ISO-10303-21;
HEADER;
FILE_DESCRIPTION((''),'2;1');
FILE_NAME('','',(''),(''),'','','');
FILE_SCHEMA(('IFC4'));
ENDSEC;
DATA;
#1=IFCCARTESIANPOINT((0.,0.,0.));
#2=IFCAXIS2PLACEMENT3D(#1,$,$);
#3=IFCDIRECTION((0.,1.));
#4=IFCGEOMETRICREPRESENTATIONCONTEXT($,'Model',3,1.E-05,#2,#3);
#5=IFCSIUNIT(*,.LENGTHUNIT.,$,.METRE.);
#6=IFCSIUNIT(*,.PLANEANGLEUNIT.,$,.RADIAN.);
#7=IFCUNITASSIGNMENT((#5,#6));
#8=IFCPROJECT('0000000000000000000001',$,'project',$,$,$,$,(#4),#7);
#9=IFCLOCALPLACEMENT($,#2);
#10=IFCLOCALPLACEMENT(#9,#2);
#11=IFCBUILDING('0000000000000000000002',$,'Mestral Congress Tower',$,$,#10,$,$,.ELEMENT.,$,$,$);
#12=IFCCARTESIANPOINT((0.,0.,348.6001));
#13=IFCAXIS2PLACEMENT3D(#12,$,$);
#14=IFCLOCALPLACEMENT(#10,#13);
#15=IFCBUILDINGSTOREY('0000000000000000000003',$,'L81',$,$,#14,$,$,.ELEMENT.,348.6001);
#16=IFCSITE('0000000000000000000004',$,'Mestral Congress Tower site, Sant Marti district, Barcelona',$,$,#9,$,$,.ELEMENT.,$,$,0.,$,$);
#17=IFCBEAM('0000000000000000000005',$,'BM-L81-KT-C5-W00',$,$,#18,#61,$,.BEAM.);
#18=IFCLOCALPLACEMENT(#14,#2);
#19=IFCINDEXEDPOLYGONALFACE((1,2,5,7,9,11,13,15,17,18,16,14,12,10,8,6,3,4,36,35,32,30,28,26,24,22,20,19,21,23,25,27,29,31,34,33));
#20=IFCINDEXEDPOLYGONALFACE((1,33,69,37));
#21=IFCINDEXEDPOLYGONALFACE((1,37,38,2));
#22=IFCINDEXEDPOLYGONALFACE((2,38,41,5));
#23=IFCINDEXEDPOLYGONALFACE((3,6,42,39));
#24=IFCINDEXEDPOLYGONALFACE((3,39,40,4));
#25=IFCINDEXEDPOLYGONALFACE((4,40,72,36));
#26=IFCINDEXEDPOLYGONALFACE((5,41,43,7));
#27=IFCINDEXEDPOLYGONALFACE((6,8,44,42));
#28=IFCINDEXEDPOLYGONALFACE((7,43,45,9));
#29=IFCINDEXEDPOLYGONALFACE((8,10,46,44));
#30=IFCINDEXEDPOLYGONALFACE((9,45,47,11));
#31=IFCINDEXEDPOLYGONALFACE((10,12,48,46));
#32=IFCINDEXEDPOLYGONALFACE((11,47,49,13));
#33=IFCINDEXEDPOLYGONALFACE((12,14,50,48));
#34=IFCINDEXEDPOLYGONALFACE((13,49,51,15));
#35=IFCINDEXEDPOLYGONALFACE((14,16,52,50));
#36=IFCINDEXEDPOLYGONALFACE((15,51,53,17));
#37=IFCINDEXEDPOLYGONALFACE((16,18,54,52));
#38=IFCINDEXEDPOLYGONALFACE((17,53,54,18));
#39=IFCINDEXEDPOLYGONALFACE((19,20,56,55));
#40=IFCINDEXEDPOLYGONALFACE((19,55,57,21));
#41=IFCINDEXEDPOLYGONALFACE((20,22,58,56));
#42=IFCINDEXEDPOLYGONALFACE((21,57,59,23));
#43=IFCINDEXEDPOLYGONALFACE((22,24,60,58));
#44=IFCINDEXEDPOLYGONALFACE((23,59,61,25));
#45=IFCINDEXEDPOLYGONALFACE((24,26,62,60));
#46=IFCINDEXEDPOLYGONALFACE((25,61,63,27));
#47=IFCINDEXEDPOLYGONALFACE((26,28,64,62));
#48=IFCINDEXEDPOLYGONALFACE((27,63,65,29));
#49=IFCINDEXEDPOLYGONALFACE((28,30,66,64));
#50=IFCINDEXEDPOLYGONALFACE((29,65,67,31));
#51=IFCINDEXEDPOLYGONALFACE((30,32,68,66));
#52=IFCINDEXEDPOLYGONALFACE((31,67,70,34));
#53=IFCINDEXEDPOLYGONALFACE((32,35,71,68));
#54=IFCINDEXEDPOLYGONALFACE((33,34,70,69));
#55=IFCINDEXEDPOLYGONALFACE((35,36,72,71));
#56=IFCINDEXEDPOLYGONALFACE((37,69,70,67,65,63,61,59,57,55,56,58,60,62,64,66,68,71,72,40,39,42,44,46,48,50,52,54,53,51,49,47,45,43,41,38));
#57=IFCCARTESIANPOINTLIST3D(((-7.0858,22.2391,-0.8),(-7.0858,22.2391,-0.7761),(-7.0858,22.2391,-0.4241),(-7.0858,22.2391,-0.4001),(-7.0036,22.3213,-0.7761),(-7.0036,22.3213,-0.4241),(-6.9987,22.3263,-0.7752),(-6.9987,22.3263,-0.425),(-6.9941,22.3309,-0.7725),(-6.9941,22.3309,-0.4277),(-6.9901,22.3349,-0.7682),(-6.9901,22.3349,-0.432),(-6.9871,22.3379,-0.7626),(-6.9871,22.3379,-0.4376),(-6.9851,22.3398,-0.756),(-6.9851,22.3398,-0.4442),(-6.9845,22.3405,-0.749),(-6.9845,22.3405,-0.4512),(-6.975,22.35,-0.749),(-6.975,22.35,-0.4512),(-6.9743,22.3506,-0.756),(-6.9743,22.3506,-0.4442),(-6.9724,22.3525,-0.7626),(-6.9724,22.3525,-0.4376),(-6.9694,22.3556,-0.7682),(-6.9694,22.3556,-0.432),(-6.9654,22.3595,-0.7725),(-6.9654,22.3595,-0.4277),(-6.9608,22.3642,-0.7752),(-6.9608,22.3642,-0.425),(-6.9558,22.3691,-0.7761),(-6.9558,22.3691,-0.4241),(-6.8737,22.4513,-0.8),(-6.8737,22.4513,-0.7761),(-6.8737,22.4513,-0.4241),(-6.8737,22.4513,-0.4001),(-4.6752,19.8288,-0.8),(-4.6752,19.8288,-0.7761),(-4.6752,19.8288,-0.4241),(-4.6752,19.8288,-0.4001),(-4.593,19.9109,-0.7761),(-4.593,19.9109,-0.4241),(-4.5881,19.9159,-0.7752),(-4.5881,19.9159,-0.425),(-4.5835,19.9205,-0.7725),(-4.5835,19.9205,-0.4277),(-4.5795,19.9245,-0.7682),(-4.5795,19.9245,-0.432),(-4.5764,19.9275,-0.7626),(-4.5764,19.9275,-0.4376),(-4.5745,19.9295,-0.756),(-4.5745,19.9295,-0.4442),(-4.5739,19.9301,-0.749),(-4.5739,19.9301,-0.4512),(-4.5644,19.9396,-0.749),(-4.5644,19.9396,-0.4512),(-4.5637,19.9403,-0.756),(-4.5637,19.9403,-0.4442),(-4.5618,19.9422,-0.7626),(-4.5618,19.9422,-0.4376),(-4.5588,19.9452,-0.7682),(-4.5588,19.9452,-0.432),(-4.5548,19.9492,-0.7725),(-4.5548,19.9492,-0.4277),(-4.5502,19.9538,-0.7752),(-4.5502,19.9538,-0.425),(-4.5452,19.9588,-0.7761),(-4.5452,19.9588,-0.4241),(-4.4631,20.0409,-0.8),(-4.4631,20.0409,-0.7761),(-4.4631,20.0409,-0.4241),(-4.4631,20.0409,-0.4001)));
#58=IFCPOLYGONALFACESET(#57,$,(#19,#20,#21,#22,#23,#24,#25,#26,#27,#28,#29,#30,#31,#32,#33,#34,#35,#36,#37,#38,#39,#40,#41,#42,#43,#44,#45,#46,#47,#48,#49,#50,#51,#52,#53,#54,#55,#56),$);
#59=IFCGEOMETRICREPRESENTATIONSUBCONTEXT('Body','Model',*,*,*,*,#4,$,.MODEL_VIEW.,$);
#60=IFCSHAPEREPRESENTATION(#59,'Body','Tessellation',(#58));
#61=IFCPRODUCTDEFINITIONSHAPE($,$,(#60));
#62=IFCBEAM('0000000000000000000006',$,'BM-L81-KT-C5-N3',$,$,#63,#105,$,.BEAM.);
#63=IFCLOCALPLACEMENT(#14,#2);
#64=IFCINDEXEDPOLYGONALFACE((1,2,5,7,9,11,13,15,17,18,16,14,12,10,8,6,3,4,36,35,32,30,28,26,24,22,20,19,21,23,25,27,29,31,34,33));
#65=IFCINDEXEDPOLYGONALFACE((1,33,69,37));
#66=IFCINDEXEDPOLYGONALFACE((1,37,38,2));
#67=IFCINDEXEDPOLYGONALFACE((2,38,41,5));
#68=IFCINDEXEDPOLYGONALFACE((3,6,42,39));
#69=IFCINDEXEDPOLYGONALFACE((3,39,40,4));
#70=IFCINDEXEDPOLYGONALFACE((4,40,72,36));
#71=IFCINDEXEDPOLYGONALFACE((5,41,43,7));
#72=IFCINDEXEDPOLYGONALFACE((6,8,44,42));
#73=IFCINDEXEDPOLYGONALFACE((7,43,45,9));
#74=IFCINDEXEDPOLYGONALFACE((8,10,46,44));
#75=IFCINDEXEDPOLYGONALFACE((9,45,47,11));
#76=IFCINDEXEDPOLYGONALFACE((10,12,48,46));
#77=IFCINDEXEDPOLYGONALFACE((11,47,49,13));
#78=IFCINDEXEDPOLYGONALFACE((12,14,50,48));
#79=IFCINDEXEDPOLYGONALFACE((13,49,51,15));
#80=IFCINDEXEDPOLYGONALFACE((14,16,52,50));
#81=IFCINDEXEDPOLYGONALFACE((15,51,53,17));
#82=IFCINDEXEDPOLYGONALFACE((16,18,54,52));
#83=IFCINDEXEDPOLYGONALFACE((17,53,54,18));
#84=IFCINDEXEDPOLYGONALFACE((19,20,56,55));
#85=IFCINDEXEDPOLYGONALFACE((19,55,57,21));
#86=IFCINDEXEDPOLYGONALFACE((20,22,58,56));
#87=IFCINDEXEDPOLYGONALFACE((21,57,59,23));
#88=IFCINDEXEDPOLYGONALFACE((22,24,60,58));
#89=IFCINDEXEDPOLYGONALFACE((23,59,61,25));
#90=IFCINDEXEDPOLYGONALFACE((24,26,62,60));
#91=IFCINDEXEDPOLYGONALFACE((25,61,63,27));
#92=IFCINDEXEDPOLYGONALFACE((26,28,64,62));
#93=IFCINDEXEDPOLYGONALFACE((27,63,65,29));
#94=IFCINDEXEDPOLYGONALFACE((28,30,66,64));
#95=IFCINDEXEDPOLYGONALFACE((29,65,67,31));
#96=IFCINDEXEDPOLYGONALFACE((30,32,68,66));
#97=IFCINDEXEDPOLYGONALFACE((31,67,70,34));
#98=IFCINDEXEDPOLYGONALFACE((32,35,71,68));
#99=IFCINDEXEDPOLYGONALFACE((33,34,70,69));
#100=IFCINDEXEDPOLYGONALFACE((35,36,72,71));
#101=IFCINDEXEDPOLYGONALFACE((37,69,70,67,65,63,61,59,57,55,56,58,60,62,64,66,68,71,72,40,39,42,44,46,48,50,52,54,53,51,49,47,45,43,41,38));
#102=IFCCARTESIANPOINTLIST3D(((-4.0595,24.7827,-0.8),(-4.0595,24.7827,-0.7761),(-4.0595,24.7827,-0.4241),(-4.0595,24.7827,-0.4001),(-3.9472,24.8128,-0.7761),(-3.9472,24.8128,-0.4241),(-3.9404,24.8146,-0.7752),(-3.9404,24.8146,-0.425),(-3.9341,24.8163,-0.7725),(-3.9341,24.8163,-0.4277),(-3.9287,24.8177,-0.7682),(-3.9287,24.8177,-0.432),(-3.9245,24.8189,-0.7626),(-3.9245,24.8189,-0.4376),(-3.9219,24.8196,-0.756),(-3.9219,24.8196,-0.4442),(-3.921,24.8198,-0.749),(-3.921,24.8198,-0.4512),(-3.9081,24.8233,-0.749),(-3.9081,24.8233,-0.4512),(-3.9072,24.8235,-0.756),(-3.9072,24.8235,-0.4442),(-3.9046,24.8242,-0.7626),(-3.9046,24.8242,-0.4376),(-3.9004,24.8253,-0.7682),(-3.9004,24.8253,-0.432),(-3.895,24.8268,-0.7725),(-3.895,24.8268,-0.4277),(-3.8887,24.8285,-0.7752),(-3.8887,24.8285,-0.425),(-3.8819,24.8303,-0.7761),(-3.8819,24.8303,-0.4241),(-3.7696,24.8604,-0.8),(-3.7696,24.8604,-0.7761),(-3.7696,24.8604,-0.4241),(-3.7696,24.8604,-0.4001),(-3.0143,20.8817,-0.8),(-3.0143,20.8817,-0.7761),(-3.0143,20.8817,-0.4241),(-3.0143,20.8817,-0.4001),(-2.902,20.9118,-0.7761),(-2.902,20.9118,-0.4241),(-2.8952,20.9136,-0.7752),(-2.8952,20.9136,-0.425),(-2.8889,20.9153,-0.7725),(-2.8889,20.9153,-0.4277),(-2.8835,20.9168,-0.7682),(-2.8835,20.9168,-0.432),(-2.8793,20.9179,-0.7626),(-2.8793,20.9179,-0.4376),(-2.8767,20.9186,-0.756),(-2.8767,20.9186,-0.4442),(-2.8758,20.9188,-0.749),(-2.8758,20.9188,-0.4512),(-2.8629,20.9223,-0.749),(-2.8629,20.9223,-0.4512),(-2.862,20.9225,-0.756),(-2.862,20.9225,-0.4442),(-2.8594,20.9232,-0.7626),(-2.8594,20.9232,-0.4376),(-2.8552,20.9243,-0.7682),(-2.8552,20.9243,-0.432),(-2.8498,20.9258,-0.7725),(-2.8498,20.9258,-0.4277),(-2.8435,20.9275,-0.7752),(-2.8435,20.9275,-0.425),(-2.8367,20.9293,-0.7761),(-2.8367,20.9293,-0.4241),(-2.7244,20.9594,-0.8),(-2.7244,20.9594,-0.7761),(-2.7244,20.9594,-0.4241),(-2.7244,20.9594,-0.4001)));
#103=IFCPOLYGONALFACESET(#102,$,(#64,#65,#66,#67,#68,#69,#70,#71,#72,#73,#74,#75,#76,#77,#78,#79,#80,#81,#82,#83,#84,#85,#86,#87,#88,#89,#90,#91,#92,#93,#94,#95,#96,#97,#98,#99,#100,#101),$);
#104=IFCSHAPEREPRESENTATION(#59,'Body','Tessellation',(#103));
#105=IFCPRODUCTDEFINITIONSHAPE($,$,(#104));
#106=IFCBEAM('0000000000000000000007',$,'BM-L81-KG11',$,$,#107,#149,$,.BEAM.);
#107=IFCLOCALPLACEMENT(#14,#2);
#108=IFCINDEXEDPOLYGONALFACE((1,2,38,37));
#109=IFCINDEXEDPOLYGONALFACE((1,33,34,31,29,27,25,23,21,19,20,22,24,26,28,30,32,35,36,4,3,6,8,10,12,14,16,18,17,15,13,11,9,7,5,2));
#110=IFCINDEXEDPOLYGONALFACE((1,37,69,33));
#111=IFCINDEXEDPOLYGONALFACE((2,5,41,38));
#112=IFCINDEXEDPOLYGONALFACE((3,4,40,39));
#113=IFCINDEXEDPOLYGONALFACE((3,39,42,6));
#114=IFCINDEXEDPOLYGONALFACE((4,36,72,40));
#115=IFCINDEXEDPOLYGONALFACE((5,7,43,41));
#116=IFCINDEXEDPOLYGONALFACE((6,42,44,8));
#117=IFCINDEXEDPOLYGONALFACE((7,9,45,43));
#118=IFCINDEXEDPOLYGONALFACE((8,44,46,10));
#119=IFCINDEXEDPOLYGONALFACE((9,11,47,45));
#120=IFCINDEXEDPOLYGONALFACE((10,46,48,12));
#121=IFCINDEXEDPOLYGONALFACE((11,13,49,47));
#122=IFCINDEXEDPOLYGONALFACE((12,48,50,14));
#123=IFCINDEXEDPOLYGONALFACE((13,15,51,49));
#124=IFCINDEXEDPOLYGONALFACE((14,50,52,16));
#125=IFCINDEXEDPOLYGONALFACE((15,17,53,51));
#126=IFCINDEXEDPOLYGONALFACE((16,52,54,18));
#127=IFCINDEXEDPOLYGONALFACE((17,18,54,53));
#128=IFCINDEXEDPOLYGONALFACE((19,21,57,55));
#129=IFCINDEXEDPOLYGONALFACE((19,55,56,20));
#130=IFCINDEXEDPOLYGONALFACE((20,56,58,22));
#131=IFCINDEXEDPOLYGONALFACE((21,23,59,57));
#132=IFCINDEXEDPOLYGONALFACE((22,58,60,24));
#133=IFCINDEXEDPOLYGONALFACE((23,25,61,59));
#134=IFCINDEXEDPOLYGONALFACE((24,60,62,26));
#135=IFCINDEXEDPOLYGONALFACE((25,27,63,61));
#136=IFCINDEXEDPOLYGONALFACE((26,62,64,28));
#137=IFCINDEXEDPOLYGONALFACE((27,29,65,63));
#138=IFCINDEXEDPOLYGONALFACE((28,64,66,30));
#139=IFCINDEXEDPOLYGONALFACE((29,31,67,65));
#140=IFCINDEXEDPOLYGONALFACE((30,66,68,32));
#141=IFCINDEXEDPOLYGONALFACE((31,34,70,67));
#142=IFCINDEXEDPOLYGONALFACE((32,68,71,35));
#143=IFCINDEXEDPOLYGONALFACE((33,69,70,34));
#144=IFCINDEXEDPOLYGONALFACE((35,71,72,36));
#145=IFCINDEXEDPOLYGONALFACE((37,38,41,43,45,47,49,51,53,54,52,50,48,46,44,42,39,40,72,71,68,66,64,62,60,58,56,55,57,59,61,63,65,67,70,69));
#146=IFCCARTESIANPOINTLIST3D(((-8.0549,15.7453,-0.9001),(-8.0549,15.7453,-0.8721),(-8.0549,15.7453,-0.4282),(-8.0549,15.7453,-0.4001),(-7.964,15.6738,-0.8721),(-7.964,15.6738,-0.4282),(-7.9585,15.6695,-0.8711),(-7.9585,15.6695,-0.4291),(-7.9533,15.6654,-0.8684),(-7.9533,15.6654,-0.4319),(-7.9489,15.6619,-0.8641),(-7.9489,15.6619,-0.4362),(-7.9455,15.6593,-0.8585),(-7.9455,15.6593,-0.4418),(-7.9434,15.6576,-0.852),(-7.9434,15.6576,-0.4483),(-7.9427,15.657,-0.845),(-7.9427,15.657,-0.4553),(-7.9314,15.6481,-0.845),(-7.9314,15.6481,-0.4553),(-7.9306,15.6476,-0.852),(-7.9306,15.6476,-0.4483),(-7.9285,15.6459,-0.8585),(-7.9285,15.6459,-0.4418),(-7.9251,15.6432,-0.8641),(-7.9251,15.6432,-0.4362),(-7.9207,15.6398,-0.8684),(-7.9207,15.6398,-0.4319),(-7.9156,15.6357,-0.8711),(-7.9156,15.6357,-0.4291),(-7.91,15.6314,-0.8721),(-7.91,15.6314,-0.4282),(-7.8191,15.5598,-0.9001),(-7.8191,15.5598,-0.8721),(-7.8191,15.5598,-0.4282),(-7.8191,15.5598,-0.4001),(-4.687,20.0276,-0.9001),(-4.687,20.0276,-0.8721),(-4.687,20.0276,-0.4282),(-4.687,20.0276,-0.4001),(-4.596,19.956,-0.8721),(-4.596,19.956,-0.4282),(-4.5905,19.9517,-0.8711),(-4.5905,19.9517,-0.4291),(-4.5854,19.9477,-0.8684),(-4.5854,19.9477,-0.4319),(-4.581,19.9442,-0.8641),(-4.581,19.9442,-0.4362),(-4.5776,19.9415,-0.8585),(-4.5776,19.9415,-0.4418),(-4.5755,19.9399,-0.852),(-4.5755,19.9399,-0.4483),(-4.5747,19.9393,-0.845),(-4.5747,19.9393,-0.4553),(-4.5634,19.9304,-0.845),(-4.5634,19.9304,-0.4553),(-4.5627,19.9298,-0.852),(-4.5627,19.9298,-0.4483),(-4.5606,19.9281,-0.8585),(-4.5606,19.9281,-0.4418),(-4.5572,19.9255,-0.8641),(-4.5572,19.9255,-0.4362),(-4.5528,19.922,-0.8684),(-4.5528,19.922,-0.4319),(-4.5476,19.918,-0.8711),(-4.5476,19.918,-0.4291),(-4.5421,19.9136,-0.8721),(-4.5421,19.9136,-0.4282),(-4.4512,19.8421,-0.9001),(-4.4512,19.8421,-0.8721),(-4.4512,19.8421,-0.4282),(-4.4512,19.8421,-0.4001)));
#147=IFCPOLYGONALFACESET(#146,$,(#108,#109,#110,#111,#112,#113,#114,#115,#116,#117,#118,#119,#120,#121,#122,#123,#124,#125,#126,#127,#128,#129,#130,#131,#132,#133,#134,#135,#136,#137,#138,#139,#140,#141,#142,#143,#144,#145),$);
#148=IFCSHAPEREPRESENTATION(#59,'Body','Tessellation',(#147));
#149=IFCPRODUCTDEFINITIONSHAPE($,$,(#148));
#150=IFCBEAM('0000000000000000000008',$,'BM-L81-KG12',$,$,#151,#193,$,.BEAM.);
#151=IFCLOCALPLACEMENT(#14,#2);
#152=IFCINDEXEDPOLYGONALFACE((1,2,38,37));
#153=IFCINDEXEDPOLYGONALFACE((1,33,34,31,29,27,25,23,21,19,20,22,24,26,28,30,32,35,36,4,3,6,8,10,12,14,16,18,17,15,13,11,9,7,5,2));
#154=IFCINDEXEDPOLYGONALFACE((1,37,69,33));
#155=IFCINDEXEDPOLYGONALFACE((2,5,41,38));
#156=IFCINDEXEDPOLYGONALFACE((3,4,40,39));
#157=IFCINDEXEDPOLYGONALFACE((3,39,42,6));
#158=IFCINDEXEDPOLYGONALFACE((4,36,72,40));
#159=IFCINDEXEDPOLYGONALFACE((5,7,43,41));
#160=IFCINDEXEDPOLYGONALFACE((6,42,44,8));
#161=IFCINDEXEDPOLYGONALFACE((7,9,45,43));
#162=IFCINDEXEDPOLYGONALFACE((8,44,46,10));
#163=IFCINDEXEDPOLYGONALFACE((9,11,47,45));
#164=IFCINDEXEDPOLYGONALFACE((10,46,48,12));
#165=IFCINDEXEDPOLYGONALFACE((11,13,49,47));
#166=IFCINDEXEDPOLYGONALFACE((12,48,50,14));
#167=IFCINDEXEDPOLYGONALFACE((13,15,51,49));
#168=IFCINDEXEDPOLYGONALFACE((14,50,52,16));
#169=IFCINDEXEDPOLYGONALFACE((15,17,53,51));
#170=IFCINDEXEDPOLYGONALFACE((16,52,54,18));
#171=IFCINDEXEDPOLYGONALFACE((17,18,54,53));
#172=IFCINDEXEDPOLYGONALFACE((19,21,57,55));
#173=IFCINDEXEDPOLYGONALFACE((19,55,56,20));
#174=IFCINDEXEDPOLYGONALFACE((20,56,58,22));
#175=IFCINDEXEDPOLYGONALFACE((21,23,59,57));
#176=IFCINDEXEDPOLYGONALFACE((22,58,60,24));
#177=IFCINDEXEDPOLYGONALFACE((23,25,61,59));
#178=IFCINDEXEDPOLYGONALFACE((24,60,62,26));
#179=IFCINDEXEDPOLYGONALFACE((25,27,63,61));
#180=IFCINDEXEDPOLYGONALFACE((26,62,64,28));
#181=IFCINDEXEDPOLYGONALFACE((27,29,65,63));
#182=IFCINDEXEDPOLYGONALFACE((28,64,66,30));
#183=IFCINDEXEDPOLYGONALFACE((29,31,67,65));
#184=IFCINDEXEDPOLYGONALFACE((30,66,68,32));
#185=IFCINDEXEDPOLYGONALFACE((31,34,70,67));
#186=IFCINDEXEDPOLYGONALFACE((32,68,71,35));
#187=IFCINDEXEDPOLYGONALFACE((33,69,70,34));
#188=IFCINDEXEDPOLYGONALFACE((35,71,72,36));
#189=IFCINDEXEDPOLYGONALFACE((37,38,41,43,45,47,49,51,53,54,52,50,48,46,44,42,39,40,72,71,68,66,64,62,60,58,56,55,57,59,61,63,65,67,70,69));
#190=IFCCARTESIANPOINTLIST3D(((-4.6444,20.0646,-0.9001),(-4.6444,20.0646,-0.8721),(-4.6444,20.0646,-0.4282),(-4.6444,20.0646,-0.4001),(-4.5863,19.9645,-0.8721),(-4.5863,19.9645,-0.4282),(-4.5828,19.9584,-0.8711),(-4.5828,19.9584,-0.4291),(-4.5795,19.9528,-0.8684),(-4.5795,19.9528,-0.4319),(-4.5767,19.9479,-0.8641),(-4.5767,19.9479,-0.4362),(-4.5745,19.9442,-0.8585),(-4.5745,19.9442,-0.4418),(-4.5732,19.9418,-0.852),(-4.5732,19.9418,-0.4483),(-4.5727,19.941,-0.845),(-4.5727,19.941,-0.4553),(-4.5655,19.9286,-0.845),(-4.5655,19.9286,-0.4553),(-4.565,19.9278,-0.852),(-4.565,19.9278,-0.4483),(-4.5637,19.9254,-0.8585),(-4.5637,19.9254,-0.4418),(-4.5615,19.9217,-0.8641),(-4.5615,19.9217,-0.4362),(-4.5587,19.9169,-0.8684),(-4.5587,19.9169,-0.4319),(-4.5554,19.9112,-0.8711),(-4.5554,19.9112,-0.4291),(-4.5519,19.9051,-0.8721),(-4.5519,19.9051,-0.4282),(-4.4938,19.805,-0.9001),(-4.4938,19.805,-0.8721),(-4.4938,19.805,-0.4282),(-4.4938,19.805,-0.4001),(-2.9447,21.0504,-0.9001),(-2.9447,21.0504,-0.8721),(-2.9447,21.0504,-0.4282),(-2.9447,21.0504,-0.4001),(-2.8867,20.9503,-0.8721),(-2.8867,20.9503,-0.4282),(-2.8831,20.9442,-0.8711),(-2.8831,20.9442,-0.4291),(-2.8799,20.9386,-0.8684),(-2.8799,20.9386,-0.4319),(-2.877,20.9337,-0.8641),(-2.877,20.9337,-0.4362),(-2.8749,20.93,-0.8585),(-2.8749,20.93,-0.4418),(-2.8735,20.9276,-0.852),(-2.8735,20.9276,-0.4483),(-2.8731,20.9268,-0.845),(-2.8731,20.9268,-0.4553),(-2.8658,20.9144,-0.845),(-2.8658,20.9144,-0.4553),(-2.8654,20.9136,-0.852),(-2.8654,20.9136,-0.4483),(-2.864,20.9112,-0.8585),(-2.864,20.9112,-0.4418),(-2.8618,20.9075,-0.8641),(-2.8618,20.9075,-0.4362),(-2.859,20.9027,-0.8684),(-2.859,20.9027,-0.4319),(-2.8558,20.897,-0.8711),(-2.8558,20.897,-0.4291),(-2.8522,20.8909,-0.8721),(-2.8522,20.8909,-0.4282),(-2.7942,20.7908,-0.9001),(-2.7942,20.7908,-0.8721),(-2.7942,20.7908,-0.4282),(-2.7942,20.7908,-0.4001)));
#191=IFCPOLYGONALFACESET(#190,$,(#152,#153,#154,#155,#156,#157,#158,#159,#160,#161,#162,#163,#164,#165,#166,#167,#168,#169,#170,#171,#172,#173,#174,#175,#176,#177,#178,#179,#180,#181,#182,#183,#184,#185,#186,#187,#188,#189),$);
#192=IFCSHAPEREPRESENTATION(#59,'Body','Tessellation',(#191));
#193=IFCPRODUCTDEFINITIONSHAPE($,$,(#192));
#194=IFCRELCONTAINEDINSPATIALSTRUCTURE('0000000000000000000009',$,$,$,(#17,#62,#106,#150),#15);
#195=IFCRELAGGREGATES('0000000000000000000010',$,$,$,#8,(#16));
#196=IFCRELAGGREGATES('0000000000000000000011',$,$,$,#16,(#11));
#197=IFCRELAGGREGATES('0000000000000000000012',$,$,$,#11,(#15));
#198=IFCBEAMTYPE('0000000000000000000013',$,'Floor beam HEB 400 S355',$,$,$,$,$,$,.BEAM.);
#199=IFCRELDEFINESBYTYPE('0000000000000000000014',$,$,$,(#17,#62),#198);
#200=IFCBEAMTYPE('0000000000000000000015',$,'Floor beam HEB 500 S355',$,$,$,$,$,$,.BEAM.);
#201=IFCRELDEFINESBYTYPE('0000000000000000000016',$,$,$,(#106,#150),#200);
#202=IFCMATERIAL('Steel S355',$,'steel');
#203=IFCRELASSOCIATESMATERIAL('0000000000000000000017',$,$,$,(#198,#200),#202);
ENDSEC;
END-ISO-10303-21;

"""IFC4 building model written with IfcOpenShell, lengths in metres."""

from ifc_helpers import new_model, si_unit, direction, frame, origin, origin_2d, place, context, subcontext, project, spatial, i_section, extrude, material, material_profile, profile_set, type_object, element, save


model = new_model("IFC4")

# Units and contexts
model_context = context("Model", 3, precision=1e-05, world=origin(), true_north=direction((0.0, 1.0)))
body_context = subcontext(model_context, "Body", "Model", "MODEL_VIEW")
ifc_project = project(units=[si_unit("LENGTHUNIT", "METRE"), si_unit("PLANEANGLEUNIT", "RADIAN")], contexts=[model_context])

# Site, building, storey
site_placement = place(None, origin())
site = spatial("IfcSite", under=ifc_project, at=site_placement, Name="Mestral Congress Tower site, Sant Marti district, Barcelona", CompositionType="ELEMENT", RefElevation=0.0)
building_placement = place(site_placement, origin())
building = spatial("IfcBuilding", under=site, at=building_placement, Name="Mestral Congress Tower", CompositionType="ELEMENT")
storey_placement = place(building_placement, frame((0.0, 0.0, 348.6001)))
storey = spatial("IfcBuildingStorey", under=building, at=storey_placement, Name="L81", CompositionType="ELEMENT", Elevation=348.6001)

# Beams
ifc_material_1 = material(Name="Steel S355", Category="steel")
ifc_material_profile_1 = material_profile(ifc_material_1, i_section(OverallWidth=0.3, OverallDepth=0.3999, WebThickness=0.0134, FlangeThickness=0.0239, FilletRadius=0.0271, at=origin_2d()), Name="HEB 400")
ifc_profile_set_1 = profile_set([ifc_material_profile_1], Name="Steel S355")
beam_type_1 = type_object("IfcBeamType", Name="Floor beam HEB 400 S355", PredefinedType="BEAM", material=ifc_profile_set_1)
beam_1_placement = place(storey_placement, frame((-6.9797, 22.3452, -0.6001), z_axis=(0.707143, -0.707071, 0.0), x_axis=(0.707071, 0.707143, 0.0)))
element("IfcBeam", 1, at=beam_1_placement, inside=storey, type_object=beam_type_1, Name="BM-L81-KT-C5-W00", PredefinedType="BEAM", context=body_context, shape_type="SweptSolid", body=[
    extrude(i_section(OverallWidth=0.3, OverallDepth=0.3999, WebThickness=0.0134, FlangeThickness=0.0239, FilletRadius=0.0271, at=origin_2d()), origin(), (0.0, 0.0, 1.0), 3.4089),
])
beam_2_placement = place(storey_placement, frame((-3.9146, 24.8215, -0.6001), z_axis=(0.258803, -0.96593, 0.0), x_axis=(0.96593, 0.258803, 0.0)))
element("IfcBeam", 2, at=beam_2_placement, inside=storey, type_object=beam_type_1, Name="BM-L81-KT-C5-N3", PredefinedType="BEAM", context=body_context, shape_type="SweptSolid", body=[
    extrude(i_section(OverallWidth=0.3, OverallDepth=0.3999, WebThickness=0.0134, FlangeThickness=0.0239, FilletRadius=0.0271, at=origin_2d()), origin(), (0.0, 0.0, 1.0), 4.0386),
])
ifc_material_profile_2 = material_profile(ifc_material_1, i_section(OverallWidth=0.3, OverallDepth=0.5, WebThickness=0.0144, FlangeThickness=0.0281, FilletRadius=0.0271, at=origin_2d()), Name="HEB 500")
ifc_profile_set_2 = profile_set([ifc_material_profile_2], Name="Steel S355")
beam_type_2 = type_object("IfcBeamType", Name="Floor beam HEB 500 S355", PredefinedType="BEAM", material=ifc_profile_set_2)
beam_3_placement = place(storey_placement, frame((-7.937, 15.6526, -0.6501), z_axis=(0.618198, 0.786023, 0.0), x_axis=(-0.786023, 0.618198, 0.0)))
element("IfcBeam", 3, at=beam_3_placement, inside=storey, type_object=beam_type_2, Name="BM-L81-KG11", PredefinedType="BEAM", context=body_context, shape_type="SweptSolid", body=[
    extrude(i_section(OverallWidth=0.3, OverallDepth=0.5, WebThickness=0.0144, FlangeThickness=0.0281, FilletRadius=0.0271, at=origin_2d()), origin(), (0.0, 0.0, 1.0), 5.448),
])
beam_4_placement = place(storey_placement, frame((-4.5691, 19.9348, -0.6501), z_axis=(0.865029, 0.501722, 0.0), x_axis=(-0.501722, 0.865029, 0.0)))
element("IfcBeam", 4, at=beam_4_placement, inside=storey, type_object=beam_type_2, Name="BM-L81-KG12", PredefinedType="BEAM", context=body_context, shape_type="SweptSolid", body=[
    extrude(i_section(OverallWidth=0.3, OverallDepth=0.5, WebThickness=0.0144, FlangeThickness=0.0281, FilletRadius=0.0271, at=origin_2d()), origin(), (0.0, 0.0, 1.0), 1.9648),
])

save(model, "model.ifc")
